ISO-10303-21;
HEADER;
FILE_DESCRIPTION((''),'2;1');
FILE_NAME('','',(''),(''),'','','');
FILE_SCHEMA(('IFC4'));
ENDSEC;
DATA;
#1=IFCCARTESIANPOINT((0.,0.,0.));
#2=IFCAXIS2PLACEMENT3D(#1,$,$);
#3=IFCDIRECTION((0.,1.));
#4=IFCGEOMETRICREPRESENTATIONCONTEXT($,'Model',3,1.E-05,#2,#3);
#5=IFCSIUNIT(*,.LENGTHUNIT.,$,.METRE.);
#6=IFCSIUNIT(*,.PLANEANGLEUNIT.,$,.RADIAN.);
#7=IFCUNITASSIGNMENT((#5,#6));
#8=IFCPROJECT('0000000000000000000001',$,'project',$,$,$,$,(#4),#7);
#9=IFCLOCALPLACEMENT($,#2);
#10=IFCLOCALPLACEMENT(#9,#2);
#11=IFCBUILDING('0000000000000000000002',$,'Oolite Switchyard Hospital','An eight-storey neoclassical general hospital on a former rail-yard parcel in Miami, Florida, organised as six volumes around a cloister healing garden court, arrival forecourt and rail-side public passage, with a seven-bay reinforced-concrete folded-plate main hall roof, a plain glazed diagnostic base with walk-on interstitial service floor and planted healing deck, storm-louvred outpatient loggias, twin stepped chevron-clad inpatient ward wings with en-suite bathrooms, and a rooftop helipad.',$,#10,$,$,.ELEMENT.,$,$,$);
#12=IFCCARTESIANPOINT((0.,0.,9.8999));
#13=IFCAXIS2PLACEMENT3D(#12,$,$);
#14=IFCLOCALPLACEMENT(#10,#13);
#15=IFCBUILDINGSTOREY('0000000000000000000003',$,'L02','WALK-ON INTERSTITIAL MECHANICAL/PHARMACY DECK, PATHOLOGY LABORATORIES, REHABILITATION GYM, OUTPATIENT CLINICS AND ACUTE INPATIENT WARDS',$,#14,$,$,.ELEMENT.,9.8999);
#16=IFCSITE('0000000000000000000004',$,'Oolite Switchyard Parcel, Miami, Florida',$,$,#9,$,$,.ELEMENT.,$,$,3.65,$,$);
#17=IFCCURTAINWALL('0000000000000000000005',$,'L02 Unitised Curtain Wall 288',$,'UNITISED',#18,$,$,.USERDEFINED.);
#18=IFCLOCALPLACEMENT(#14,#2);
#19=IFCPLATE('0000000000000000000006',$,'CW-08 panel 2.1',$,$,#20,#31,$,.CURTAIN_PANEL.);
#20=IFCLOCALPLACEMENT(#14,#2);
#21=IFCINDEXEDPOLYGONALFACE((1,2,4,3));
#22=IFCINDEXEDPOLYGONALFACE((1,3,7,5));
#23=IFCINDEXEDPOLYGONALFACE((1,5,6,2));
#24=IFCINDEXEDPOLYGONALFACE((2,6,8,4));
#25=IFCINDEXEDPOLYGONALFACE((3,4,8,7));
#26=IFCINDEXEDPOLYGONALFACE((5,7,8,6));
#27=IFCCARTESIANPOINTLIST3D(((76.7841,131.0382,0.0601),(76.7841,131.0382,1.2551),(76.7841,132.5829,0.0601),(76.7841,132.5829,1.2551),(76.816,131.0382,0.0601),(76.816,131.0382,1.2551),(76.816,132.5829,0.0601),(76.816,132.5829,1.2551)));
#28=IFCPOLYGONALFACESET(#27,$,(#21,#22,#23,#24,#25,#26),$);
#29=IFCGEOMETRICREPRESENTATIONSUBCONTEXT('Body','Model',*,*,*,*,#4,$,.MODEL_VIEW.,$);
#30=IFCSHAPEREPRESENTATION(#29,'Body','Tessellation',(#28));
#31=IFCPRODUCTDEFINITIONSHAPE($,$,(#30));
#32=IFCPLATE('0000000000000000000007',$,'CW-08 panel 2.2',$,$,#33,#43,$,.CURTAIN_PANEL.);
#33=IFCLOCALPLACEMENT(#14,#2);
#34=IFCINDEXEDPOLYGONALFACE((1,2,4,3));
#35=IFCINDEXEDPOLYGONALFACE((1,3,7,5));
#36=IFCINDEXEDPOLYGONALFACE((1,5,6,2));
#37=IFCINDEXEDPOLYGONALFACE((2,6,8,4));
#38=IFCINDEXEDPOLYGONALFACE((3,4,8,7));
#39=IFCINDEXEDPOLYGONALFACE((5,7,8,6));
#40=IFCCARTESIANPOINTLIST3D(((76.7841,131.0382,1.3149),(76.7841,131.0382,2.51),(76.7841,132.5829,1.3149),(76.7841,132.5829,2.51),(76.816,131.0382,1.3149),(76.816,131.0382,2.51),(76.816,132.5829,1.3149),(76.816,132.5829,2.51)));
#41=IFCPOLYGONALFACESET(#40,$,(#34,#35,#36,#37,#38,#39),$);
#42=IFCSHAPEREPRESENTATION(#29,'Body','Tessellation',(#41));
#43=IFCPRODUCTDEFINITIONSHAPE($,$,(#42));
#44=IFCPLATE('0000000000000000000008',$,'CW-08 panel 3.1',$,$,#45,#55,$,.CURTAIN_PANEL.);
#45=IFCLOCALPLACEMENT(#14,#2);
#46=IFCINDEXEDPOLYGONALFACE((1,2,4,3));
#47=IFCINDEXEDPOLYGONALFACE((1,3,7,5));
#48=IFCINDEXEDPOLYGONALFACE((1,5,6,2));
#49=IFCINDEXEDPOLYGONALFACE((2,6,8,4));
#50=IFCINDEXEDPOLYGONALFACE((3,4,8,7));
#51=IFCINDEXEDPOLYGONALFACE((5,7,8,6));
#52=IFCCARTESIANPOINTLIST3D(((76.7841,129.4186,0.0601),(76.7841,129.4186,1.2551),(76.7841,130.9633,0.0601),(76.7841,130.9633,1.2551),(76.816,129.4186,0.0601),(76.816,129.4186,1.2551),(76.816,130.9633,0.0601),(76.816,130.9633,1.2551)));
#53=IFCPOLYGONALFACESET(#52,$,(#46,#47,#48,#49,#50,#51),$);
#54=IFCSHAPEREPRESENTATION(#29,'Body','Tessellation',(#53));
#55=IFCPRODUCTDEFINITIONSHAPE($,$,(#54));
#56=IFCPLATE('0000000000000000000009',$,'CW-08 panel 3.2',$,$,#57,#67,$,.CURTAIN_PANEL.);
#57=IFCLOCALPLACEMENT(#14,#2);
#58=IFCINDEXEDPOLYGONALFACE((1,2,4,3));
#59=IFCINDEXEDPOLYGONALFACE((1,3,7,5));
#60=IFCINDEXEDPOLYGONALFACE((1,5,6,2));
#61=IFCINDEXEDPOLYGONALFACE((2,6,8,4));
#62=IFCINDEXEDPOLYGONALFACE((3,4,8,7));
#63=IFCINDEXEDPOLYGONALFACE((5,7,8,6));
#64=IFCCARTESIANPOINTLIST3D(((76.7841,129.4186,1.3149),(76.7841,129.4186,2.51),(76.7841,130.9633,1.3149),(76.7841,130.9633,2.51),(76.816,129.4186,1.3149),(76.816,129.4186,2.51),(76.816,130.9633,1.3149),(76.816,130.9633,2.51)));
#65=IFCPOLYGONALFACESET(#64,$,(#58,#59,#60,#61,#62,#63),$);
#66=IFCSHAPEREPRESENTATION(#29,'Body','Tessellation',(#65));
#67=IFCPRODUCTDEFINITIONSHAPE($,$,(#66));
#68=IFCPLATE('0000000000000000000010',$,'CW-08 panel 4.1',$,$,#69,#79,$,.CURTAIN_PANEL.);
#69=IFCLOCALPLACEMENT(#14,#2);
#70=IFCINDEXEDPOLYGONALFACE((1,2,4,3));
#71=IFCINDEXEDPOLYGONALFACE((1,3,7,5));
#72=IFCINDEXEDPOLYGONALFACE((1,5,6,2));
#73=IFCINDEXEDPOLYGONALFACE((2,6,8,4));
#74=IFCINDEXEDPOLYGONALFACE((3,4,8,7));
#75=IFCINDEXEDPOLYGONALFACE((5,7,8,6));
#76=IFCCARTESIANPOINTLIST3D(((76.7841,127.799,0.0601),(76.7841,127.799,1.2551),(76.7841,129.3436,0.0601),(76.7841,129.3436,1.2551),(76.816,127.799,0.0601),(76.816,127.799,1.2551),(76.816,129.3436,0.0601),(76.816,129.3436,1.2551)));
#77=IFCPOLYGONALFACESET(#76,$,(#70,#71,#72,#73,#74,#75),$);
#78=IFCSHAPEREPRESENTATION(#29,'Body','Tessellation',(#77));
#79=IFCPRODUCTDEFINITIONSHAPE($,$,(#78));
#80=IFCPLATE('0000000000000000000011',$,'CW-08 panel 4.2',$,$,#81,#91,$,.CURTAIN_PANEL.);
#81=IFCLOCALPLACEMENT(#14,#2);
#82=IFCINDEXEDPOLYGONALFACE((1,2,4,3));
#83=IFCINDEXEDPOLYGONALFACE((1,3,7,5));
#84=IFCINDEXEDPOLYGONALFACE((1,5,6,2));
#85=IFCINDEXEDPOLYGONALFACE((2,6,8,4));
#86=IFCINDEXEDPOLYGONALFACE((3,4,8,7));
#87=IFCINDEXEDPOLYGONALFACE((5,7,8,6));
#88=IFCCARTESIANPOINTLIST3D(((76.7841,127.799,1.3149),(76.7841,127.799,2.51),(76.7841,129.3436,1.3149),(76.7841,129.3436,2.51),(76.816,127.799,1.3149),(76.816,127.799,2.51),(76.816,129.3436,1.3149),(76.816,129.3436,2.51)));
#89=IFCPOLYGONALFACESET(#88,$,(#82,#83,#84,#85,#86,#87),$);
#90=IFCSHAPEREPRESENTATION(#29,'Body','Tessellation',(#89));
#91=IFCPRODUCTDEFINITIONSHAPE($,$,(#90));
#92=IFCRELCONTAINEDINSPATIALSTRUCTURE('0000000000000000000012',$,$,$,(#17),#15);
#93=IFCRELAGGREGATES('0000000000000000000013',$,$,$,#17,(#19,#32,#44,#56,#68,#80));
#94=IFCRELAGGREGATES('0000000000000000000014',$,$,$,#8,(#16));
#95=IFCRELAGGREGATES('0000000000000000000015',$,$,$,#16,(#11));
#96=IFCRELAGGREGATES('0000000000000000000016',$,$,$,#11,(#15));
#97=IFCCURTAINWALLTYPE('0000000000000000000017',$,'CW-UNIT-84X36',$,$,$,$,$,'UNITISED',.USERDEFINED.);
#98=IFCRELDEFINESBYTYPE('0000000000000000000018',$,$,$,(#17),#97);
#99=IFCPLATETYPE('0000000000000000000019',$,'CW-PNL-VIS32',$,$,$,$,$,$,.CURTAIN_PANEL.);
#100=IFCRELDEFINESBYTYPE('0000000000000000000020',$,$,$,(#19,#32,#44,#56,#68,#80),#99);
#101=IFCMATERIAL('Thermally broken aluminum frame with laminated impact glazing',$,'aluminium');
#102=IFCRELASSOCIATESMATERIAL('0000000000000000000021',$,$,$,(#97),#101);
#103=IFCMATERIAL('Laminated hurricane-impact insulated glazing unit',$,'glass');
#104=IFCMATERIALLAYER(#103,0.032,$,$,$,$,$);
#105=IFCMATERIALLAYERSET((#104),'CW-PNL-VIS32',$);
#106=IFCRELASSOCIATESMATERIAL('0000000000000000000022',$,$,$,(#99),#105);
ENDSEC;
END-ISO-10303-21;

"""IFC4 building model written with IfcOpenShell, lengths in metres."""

from ifc_helpers import new_model, si_unit, direction, frame, origin, origin_2d, place, context, subcontext, project, spatial, rectangle, extrude, material, layer, layer_set, type_object, element, aggregate, save


model = new_model("IFC4")

# Units and contexts
model_context = context("Model", 3, precision=1e-05, world=origin(), true_north=direction((0.0, 1.0)))
body_context = subcontext(model_context, "Body", "Model", "MODEL_VIEW")
ifc_project = project(units=[si_unit("LENGTHUNIT", "METRE"), si_unit("PLANEANGLEUNIT", "RADIAN")], contexts=[model_context])

# Site, building, storey
site_placement = place(None, origin())
site = spatial("IfcSite", under=ifc_project, at=site_placement, Name="Oolite Switchyard Parcel, Miami, Florida", CompositionType="ELEMENT", RefElevation=3.65)
building_placement = place(site_placement, origin())
building = spatial("IfcBuilding", under=site, at=building_placement, Name="Oolite Switchyard Hospital", Description="An eight-storey neoclassical general hospital on a former rail-yard parcel in Miami, Florida, organised as six volumes around a cloister healing garden court, arrival forecourt and rail-side public passage, with a seven-bay reinforced-concrete folded-plate main hall roof, a plain glazed diagnostic base with walk-on interstitial service floor and planted healing deck, storm-louvred outpatient loggias, twin stepped chevron-clad inpatient ward wings with en-suite bathrooms, and a rooftop helipad.", CompositionType="ELEMENT")
storey_placement = place(building_placement, frame((0.0, 0.0, 9.8999)))
storey = spatial("IfcBuildingStorey", under=building, at=storey_placement, Name="L02", Description="WALK-ON INTERSTITIAL MECHANICAL/PHARMACY DECK, PATHOLOGY LABORATORIES, REHABILITATION GYM, OUTPATIENT CLINICS AND ACUTE INPATIENT WARDS", CompositionType="ELEMENT", Elevation=9.8999)

# Curtain wall, plates
ifc_material_1 = material(Name="Thermally broken aluminum frame with laminated impact glazing", Category="aluminium")
curtain_wall_type = type_object("IfcCurtainWallType", Name="CW-UNIT-84X36", ElementType="UNITISED", PredefinedType="USERDEFINED", material=ifc_material_1)
curtain_wall_placement = place(storey_placement, origin())
curtain_wall = element("IfcCurtainWall", 1, at=curtain_wall_placement, inside=storey, type_object=curtain_wall_type, Name="L02 Unitised Curtain Wall 288", ObjectType="UNITISED", PredefinedType="USERDEFINED")
ifc_material_2 = material(Name="Laminated hurricane-impact insulated glazing unit", Category="glass")
ifc_layer = layer(ifc_material_2, 0.032)
ifc_layer_set = layer_set([ifc_layer], Name="CW-PNL-VIS32")
plate_type = type_object("IfcPlateType", Name="CW-PNL-VIS32", PredefinedType="CURTAIN_PANEL", material=ifc_layer_set)
plate_1_placement = place(storey_placement, frame((76.8, 131.8105, 0.0601), z_axis=(0.0, 0.0, 1.0), x_axis=(0.0, -1.0, 0.0)))
plate_1 = element("IfcPlate", 2, at=plate_1_placement, type_object=plate_type, Name="CW-08 panel 2.1", PredefinedType="CURTAIN_PANEL", context=body_context, shape_type="SweptSolid", body=[
    extrude(rectangle(XDim=1.5447, YDim=0.032, at=origin_2d()), origin(), (0.0, 0.0, 1.0), 1.1951),
])
plate_2_placement = place(storey_placement, frame((76.8, 131.8105, 1.3149), z_axis=(0.0, 0.0, 1.0), x_axis=(0.0, -1.0, 0.0)))
plate_2 = element("IfcPlate", 3, at=plate_2_placement, type_object=plate_type, Name="CW-08 panel 2.2", PredefinedType="CURTAIN_PANEL", context=body_context, shape_type="SweptSolid", body=[
    extrude(rectangle(XDim=1.5447, YDim=0.032, at=origin_2d()), origin(), (0.0, 0.0, 1.0), 1.1951),
])
plate_3_placement = place(storey_placement, frame((76.8, 130.1909, 0.0601), z_axis=(0.0, 0.0, 1.0), x_axis=(0.0, -1.0, 0.0)))
plate_3 = element("IfcPlate", 4, at=plate_3_placement, type_object=plate_type, Name="CW-08 panel 3.1", PredefinedType="CURTAIN_PANEL", context=body_context, shape_type="SweptSolid", body=[
    extrude(rectangle(XDim=1.5447, YDim=0.032, at=origin_2d()), origin(), (0.0, 0.0, 1.0), 1.1951),
])
plate_4_placement = place(storey_placement, frame((76.8, 130.1909, 1.3149), z_axis=(0.0, 0.0, 1.0), x_axis=(0.0, -1.0, 0.0)))
plate_4 = element("IfcPlate", 5, at=plate_4_placement, type_object=plate_type, Name="CW-08 panel 3.2", PredefinedType="CURTAIN_PANEL", context=body_context, shape_type="SweptSolid", body=[
    extrude(rectangle(XDim=1.5447, YDim=0.032, at=origin_2d()), origin(), (0.0, 0.0, 1.0), 1.1951),
])
plate_5_placement = place(storey_placement, frame((76.8, 128.5713, 0.0601), z_axis=(0.0, 0.0, 1.0), x_axis=(0.0, -1.0, 0.0)))
plate_5 = element("IfcPlate", 6, at=plate_5_placement, type_object=plate_type, Name="CW-08 panel 4.1", PredefinedType="CURTAIN_PANEL", context=body_context, shape_type="SweptSolid", body=[
    extrude(rectangle(XDim=1.5447, YDim=0.032, at=origin_2d()), origin(), (0.0, 0.0, 1.0), 1.1951),
])
plate_6_placement = place(storey_placement, frame((76.8, 128.5713, 1.3149), z_axis=(0.0, 0.0, 1.0), x_axis=(0.0, -1.0, 0.0)))
plate_6 = element("IfcPlate", 7, at=plate_6_placement, type_object=plate_type, Name="CW-08 panel 4.2", PredefinedType="CURTAIN_PANEL", context=body_context, shape_type="SweptSolid", body=[
    extrude(rectangle(XDim=1.5447, YDim=0.032, at=origin_2d()), origin(), (0.0, 0.0, 1.0), 1.1951),
])
aggregate(curtain_wall, [plate_1, plate_2, plate_3, plate_4, plate_5, plate_6])

save(model, "model.ifc")
